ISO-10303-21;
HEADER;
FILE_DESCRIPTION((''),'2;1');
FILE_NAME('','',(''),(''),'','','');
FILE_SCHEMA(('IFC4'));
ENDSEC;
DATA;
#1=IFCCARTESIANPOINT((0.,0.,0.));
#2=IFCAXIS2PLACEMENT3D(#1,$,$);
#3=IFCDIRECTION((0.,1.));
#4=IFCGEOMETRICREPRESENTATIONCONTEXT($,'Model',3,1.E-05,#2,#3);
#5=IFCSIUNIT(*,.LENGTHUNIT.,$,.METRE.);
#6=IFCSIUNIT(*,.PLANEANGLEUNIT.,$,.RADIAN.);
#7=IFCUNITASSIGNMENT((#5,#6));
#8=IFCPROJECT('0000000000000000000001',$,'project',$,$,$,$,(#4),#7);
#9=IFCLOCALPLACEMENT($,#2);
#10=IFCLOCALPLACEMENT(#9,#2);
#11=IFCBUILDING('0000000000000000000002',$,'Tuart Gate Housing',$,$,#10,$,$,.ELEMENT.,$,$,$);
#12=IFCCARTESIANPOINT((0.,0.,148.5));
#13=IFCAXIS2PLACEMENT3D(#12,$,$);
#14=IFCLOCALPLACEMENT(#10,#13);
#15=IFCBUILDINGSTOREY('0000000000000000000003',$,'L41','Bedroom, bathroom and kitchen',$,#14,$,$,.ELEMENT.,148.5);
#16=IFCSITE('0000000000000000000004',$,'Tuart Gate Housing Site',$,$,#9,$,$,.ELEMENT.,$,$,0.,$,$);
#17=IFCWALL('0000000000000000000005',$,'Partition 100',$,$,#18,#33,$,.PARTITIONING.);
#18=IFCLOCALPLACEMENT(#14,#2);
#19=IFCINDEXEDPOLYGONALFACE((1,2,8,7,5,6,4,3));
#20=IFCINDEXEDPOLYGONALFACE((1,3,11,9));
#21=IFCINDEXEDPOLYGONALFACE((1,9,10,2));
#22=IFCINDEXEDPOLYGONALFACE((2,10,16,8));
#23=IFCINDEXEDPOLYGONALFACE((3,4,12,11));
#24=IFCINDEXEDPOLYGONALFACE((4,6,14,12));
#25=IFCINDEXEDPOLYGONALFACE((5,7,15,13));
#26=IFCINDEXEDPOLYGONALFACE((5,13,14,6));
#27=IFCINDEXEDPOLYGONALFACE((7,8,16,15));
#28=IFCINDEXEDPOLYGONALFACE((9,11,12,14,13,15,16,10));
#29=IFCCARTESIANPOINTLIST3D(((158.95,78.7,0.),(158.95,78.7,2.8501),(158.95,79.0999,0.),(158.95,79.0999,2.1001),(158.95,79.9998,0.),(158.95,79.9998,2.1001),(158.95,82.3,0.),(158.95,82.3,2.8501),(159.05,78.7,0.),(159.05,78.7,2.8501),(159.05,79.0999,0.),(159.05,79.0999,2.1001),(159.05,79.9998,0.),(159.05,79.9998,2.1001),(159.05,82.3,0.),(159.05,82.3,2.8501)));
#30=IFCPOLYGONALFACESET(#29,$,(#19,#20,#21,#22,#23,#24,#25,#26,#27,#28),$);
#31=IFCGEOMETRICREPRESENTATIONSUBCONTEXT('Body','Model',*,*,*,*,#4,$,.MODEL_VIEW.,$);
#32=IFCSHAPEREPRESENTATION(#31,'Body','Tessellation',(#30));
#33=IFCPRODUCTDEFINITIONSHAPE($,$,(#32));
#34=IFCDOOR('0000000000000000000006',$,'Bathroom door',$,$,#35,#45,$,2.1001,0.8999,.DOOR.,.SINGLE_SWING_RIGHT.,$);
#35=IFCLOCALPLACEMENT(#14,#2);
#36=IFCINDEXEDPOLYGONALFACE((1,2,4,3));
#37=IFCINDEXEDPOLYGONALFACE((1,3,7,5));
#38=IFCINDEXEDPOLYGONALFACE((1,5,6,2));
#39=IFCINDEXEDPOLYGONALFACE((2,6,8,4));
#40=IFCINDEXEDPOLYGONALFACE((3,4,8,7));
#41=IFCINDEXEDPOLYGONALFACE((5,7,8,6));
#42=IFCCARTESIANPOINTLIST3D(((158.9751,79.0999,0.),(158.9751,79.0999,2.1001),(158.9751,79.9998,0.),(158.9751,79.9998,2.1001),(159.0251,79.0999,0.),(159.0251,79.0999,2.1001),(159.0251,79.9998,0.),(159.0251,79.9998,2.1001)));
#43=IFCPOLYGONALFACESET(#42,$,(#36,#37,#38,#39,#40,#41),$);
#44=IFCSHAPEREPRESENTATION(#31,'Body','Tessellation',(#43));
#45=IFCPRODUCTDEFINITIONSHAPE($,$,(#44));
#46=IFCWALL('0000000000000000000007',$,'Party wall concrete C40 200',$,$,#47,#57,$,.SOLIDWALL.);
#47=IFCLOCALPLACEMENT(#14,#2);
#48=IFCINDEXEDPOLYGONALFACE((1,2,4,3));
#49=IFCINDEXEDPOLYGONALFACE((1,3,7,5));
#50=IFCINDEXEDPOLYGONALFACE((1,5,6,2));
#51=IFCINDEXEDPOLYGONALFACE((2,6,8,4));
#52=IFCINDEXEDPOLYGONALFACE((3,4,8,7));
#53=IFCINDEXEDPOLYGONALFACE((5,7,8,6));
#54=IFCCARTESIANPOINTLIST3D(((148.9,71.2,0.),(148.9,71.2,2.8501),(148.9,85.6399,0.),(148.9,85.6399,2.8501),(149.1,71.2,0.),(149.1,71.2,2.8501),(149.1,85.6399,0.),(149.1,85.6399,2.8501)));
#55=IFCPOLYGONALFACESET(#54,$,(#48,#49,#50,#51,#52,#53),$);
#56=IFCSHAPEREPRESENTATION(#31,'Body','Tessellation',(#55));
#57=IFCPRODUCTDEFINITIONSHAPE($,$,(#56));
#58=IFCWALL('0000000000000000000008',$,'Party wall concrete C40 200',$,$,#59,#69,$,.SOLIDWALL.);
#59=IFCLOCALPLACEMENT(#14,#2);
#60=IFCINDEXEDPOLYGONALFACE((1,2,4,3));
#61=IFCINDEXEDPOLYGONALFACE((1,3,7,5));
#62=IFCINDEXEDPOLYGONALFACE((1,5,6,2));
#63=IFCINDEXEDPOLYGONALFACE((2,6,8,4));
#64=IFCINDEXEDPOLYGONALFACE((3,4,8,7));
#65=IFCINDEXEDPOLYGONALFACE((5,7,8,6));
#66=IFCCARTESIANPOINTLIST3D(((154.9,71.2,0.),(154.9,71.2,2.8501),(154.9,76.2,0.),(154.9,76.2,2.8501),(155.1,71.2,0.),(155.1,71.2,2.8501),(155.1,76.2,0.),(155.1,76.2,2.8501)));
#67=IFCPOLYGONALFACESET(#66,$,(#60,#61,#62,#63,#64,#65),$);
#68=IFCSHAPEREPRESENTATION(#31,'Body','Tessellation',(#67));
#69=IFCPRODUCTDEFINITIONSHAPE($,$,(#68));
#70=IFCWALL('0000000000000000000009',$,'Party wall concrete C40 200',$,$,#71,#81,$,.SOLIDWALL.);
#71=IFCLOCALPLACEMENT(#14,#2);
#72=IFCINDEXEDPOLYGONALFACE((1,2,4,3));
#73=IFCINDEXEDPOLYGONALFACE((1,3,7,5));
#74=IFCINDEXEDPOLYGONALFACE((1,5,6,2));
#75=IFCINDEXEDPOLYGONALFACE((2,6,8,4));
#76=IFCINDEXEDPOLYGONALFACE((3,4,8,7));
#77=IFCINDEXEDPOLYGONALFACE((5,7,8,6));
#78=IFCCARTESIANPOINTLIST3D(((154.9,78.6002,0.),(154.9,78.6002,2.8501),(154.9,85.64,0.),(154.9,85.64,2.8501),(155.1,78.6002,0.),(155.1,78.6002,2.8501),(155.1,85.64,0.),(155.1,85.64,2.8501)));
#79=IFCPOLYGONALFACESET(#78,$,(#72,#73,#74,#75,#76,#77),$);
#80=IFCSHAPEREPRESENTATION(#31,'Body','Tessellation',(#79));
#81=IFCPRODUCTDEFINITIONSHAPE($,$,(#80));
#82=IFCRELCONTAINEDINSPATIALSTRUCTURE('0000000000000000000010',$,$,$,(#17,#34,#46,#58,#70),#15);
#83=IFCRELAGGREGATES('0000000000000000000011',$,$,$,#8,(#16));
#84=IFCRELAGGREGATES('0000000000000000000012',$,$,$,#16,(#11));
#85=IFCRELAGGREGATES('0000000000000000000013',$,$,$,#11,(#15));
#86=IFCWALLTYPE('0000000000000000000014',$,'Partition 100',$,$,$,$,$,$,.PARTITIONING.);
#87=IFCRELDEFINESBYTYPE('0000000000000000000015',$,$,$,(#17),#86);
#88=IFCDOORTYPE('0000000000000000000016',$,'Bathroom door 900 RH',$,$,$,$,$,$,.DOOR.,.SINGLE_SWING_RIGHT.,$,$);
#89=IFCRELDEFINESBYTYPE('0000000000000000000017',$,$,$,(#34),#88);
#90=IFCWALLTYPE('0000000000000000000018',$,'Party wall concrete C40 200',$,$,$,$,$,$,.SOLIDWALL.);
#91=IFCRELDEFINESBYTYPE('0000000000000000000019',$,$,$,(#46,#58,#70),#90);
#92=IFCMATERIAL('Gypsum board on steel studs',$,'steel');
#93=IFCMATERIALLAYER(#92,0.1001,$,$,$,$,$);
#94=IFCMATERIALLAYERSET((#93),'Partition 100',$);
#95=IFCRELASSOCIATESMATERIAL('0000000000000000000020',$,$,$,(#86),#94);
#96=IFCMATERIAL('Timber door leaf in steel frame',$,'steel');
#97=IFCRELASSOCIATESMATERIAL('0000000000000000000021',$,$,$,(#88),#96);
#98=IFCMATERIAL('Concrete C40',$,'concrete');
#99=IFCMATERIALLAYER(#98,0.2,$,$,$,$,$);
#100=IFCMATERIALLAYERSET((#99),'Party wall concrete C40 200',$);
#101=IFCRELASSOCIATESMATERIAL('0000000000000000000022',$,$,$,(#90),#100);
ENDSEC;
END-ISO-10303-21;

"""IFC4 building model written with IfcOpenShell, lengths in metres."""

from ifc_helpers import new_model, si_unit, direction, frame, frame_2d, origin, place, context, subcontext, project, spatial, rectangle, extrude, material, layer, layer_set, type_object, element, fill, save


model = new_model("IFC4")

# Units and contexts
model_context = context("Model", 3, precision=1e-05, world=origin(), true_north=direction((0.0, 1.0)))
body_context = subcontext(model_context, "Body", "Model", "MODEL_VIEW")
ifc_project = project(units=[si_unit("LENGTHUNIT", "METRE"), si_unit("PLANEANGLEUNIT", "RADIAN")], contexts=[model_context])

# Site, building, storey
site_placement = place(None, origin())
site = spatial("IfcSite", under=ifc_project, at=site_placement, Name="Tuart Gate Housing Site", CompositionType="ELEMENT", RefElevation=0.0)
building_placement = place(site_placement, origin())
building = spatial("IfcBuilding", under=site, at=building_placement, Name="Tuart Gate Housing", CompositionType="ELEMENT")
storey_placement = place(building_placement, frame((0.0, 0.0, 148.5)))
storey = spatial("IfcBuildingStorey", under=building, at=storey_placement, Name="L41", Description="Bedroom, bathroom and kitchen", CompositionType="ELEMENT", Elevation=148.5)

# Shared definitions
ifc_material_1 = material(Name="Gypsum board on steel studs", Category="steel")
ifc_layer_1 = layer(ifc_material_1, 0.1001)
ifc_layer_set_1 = layer_set([ifc_layer_1], Name="Partition 100")
wall_type_1 = type_object("IfcWallType", Name="Partition 100", PredefinedType="PARTITIONING", material=ifc_layer_set_1)

# Wall, opening, door
wall_1_placement = place(storey_placement, frame((159.0, 78.7, 0.0), z_axis=(0.0, 0.0, 1.0), x_axis=(0.0, 1.0, 0.0)))
wall_1 = element("IfcWall", 1, at=wall_1_placement, inside=storey, type_object=wall_type_1, Name="Partition 100", PredefinedType="PARTITIONING", context=body_context, shape_type="SweptSolid", body=[
    extrude(rectangle(XDim=3.6001, YDim=0.1001, at=frame_2d((1.8, 0.0))), origin(), (0.0, 0.0, 1.0), 2.8501),
])
opening_1_placement = place(wall_1_placement, frame((0.3999, 0.0, 0.0)))
opening_1 = element("IfcOpeningElement", 2, at=opening_1_placement, cuts=wall_1, PredefinedType="OPENING", context=body_context, shape_type="SweptSolid", body=[
    extrude(rectangle(XDim=0.8999, YDim=2.1001, at=frame_2d((0.45, 1.05))), frame((0.0, 0.0601, 0.0), z_axis=(0.0, -1.0, 0.0), x_axis=(1.0, 0.0, 0.0)), (0.0, 0.0, 1.0), 0.1201),
])
ifc_material_2 = material(Name="Timber door leaf in steel frame", Category="steel")
door_type_1 = type_object("IfcDoorType", Name="Bathroom door 900 RH", OperationType="SINGLE_SWING_RIGHT", PredefinedType="DOOR", material=ifc_material_2)
door_1_placement = place(opening_1_placement, frame((0.8999, 0.0, 0.0), z_axis=(0.0, 0.0, 1.0), x_axis=(-1.0, 0.0, 0.0)))
door_1 = element("IfcDoor", 3, at=door_1_placement, inside=storey, type_object=door_type_1, Name="Bathroom door", OperationType="SINGLE_SWING_RIGHT", OverallHeight=2.1001, OverallWidth=0.8999, PredefinedType="DOOR", context=body_context, shape_type="SweptSolid", body=[
    extrude(rectangle(XDim=0.8999, YDim=2.1001, at=frame_2d((0.45, 1.05))), frame((0.0, 0.0251, 0.0), z_axis=(0.0, -1.0, 0.0), x_axis=(1.0, 0.0, 0.0)), (0.0, 0.0, 1.0), 0.05),
])
fill(opening_1, door_1)

# Walls
ifc_material_3 = material(Name="Concrete C40", Category="concrete")
ifc_layer_2 = layer(ifc_material_3, 0.2)
ifc_layer_set_2 = layer_set([ifc_layer_2], Name="Party wall concrete C40 200")
wall_type_2 = type_object("IfcWallType", Name="Party wall concrete C40 200", PredefinedType="SOLIDWALL", material=ifc_layer_set_2)
wall_2_placement = place(storey_placement, frame((149.0, 71.2, 0.0), z_axis=(0.0, 0.0, 1.0), x_axis=(0.0, 1.0, 0.0)))
element("IfcWall", 4, at=wall_2_placement, inside=storey, type_object=wall_type_2, Name="Party wall concrete C40 200", PredefinedType="SOLIDWALL", context=body_context, shape_type="SweptSolid", body=[
    extrude(rectangle(XDim=14.4399, YDim=0.2, at=frame_2d((7.22, 0.0))), origin(), (0.0, 0.0, 1.0), 2.8501),
])
wall_3_placement = place(storey_placement, frame((155.0, 71.2, 0.0), z_axis=(0.0, 0.0, 1.0), x_axis=(0.0, 1.0, 0.0)))
element("IfcWall", 5, at=wall_3_placement, inside=storey, type_object=wall_type_2, Name="Party wall concrete C40 200", PredefinedType="SOLIDWALL", context=body_context, shape_type="SweptSolid", body=[
    extrude(rectangle(XDim=5.0, YDim=0.2, at=frame_2d((2.5, 0.0))), origin(), (0.0, 0.0, 1.0), 2.8501),
])
wall_4_placement = place(storey_placement, frame((155.0, 78.6001, 0.0), z_axis=(0.0, 0.0, 1.0), x_axis=(0.0, 1.0, 0.0)))
element("IfcWall", 6, at=wall_4_placement, inside=storey, type_object=wall_type_2, Name="Party wall concrete C40 200", PredefinedType="SOLIDWALL", context=body_context, shape_type="SweptSolid", body=[
    extrude(rectangle(XDim=7.0398, YDim=0.2, at=frame_2d((3.52, 0.0))), origin(), (0.0, 0.0, 1.0), 2.8501),
])

save(model, "model.ifc")
